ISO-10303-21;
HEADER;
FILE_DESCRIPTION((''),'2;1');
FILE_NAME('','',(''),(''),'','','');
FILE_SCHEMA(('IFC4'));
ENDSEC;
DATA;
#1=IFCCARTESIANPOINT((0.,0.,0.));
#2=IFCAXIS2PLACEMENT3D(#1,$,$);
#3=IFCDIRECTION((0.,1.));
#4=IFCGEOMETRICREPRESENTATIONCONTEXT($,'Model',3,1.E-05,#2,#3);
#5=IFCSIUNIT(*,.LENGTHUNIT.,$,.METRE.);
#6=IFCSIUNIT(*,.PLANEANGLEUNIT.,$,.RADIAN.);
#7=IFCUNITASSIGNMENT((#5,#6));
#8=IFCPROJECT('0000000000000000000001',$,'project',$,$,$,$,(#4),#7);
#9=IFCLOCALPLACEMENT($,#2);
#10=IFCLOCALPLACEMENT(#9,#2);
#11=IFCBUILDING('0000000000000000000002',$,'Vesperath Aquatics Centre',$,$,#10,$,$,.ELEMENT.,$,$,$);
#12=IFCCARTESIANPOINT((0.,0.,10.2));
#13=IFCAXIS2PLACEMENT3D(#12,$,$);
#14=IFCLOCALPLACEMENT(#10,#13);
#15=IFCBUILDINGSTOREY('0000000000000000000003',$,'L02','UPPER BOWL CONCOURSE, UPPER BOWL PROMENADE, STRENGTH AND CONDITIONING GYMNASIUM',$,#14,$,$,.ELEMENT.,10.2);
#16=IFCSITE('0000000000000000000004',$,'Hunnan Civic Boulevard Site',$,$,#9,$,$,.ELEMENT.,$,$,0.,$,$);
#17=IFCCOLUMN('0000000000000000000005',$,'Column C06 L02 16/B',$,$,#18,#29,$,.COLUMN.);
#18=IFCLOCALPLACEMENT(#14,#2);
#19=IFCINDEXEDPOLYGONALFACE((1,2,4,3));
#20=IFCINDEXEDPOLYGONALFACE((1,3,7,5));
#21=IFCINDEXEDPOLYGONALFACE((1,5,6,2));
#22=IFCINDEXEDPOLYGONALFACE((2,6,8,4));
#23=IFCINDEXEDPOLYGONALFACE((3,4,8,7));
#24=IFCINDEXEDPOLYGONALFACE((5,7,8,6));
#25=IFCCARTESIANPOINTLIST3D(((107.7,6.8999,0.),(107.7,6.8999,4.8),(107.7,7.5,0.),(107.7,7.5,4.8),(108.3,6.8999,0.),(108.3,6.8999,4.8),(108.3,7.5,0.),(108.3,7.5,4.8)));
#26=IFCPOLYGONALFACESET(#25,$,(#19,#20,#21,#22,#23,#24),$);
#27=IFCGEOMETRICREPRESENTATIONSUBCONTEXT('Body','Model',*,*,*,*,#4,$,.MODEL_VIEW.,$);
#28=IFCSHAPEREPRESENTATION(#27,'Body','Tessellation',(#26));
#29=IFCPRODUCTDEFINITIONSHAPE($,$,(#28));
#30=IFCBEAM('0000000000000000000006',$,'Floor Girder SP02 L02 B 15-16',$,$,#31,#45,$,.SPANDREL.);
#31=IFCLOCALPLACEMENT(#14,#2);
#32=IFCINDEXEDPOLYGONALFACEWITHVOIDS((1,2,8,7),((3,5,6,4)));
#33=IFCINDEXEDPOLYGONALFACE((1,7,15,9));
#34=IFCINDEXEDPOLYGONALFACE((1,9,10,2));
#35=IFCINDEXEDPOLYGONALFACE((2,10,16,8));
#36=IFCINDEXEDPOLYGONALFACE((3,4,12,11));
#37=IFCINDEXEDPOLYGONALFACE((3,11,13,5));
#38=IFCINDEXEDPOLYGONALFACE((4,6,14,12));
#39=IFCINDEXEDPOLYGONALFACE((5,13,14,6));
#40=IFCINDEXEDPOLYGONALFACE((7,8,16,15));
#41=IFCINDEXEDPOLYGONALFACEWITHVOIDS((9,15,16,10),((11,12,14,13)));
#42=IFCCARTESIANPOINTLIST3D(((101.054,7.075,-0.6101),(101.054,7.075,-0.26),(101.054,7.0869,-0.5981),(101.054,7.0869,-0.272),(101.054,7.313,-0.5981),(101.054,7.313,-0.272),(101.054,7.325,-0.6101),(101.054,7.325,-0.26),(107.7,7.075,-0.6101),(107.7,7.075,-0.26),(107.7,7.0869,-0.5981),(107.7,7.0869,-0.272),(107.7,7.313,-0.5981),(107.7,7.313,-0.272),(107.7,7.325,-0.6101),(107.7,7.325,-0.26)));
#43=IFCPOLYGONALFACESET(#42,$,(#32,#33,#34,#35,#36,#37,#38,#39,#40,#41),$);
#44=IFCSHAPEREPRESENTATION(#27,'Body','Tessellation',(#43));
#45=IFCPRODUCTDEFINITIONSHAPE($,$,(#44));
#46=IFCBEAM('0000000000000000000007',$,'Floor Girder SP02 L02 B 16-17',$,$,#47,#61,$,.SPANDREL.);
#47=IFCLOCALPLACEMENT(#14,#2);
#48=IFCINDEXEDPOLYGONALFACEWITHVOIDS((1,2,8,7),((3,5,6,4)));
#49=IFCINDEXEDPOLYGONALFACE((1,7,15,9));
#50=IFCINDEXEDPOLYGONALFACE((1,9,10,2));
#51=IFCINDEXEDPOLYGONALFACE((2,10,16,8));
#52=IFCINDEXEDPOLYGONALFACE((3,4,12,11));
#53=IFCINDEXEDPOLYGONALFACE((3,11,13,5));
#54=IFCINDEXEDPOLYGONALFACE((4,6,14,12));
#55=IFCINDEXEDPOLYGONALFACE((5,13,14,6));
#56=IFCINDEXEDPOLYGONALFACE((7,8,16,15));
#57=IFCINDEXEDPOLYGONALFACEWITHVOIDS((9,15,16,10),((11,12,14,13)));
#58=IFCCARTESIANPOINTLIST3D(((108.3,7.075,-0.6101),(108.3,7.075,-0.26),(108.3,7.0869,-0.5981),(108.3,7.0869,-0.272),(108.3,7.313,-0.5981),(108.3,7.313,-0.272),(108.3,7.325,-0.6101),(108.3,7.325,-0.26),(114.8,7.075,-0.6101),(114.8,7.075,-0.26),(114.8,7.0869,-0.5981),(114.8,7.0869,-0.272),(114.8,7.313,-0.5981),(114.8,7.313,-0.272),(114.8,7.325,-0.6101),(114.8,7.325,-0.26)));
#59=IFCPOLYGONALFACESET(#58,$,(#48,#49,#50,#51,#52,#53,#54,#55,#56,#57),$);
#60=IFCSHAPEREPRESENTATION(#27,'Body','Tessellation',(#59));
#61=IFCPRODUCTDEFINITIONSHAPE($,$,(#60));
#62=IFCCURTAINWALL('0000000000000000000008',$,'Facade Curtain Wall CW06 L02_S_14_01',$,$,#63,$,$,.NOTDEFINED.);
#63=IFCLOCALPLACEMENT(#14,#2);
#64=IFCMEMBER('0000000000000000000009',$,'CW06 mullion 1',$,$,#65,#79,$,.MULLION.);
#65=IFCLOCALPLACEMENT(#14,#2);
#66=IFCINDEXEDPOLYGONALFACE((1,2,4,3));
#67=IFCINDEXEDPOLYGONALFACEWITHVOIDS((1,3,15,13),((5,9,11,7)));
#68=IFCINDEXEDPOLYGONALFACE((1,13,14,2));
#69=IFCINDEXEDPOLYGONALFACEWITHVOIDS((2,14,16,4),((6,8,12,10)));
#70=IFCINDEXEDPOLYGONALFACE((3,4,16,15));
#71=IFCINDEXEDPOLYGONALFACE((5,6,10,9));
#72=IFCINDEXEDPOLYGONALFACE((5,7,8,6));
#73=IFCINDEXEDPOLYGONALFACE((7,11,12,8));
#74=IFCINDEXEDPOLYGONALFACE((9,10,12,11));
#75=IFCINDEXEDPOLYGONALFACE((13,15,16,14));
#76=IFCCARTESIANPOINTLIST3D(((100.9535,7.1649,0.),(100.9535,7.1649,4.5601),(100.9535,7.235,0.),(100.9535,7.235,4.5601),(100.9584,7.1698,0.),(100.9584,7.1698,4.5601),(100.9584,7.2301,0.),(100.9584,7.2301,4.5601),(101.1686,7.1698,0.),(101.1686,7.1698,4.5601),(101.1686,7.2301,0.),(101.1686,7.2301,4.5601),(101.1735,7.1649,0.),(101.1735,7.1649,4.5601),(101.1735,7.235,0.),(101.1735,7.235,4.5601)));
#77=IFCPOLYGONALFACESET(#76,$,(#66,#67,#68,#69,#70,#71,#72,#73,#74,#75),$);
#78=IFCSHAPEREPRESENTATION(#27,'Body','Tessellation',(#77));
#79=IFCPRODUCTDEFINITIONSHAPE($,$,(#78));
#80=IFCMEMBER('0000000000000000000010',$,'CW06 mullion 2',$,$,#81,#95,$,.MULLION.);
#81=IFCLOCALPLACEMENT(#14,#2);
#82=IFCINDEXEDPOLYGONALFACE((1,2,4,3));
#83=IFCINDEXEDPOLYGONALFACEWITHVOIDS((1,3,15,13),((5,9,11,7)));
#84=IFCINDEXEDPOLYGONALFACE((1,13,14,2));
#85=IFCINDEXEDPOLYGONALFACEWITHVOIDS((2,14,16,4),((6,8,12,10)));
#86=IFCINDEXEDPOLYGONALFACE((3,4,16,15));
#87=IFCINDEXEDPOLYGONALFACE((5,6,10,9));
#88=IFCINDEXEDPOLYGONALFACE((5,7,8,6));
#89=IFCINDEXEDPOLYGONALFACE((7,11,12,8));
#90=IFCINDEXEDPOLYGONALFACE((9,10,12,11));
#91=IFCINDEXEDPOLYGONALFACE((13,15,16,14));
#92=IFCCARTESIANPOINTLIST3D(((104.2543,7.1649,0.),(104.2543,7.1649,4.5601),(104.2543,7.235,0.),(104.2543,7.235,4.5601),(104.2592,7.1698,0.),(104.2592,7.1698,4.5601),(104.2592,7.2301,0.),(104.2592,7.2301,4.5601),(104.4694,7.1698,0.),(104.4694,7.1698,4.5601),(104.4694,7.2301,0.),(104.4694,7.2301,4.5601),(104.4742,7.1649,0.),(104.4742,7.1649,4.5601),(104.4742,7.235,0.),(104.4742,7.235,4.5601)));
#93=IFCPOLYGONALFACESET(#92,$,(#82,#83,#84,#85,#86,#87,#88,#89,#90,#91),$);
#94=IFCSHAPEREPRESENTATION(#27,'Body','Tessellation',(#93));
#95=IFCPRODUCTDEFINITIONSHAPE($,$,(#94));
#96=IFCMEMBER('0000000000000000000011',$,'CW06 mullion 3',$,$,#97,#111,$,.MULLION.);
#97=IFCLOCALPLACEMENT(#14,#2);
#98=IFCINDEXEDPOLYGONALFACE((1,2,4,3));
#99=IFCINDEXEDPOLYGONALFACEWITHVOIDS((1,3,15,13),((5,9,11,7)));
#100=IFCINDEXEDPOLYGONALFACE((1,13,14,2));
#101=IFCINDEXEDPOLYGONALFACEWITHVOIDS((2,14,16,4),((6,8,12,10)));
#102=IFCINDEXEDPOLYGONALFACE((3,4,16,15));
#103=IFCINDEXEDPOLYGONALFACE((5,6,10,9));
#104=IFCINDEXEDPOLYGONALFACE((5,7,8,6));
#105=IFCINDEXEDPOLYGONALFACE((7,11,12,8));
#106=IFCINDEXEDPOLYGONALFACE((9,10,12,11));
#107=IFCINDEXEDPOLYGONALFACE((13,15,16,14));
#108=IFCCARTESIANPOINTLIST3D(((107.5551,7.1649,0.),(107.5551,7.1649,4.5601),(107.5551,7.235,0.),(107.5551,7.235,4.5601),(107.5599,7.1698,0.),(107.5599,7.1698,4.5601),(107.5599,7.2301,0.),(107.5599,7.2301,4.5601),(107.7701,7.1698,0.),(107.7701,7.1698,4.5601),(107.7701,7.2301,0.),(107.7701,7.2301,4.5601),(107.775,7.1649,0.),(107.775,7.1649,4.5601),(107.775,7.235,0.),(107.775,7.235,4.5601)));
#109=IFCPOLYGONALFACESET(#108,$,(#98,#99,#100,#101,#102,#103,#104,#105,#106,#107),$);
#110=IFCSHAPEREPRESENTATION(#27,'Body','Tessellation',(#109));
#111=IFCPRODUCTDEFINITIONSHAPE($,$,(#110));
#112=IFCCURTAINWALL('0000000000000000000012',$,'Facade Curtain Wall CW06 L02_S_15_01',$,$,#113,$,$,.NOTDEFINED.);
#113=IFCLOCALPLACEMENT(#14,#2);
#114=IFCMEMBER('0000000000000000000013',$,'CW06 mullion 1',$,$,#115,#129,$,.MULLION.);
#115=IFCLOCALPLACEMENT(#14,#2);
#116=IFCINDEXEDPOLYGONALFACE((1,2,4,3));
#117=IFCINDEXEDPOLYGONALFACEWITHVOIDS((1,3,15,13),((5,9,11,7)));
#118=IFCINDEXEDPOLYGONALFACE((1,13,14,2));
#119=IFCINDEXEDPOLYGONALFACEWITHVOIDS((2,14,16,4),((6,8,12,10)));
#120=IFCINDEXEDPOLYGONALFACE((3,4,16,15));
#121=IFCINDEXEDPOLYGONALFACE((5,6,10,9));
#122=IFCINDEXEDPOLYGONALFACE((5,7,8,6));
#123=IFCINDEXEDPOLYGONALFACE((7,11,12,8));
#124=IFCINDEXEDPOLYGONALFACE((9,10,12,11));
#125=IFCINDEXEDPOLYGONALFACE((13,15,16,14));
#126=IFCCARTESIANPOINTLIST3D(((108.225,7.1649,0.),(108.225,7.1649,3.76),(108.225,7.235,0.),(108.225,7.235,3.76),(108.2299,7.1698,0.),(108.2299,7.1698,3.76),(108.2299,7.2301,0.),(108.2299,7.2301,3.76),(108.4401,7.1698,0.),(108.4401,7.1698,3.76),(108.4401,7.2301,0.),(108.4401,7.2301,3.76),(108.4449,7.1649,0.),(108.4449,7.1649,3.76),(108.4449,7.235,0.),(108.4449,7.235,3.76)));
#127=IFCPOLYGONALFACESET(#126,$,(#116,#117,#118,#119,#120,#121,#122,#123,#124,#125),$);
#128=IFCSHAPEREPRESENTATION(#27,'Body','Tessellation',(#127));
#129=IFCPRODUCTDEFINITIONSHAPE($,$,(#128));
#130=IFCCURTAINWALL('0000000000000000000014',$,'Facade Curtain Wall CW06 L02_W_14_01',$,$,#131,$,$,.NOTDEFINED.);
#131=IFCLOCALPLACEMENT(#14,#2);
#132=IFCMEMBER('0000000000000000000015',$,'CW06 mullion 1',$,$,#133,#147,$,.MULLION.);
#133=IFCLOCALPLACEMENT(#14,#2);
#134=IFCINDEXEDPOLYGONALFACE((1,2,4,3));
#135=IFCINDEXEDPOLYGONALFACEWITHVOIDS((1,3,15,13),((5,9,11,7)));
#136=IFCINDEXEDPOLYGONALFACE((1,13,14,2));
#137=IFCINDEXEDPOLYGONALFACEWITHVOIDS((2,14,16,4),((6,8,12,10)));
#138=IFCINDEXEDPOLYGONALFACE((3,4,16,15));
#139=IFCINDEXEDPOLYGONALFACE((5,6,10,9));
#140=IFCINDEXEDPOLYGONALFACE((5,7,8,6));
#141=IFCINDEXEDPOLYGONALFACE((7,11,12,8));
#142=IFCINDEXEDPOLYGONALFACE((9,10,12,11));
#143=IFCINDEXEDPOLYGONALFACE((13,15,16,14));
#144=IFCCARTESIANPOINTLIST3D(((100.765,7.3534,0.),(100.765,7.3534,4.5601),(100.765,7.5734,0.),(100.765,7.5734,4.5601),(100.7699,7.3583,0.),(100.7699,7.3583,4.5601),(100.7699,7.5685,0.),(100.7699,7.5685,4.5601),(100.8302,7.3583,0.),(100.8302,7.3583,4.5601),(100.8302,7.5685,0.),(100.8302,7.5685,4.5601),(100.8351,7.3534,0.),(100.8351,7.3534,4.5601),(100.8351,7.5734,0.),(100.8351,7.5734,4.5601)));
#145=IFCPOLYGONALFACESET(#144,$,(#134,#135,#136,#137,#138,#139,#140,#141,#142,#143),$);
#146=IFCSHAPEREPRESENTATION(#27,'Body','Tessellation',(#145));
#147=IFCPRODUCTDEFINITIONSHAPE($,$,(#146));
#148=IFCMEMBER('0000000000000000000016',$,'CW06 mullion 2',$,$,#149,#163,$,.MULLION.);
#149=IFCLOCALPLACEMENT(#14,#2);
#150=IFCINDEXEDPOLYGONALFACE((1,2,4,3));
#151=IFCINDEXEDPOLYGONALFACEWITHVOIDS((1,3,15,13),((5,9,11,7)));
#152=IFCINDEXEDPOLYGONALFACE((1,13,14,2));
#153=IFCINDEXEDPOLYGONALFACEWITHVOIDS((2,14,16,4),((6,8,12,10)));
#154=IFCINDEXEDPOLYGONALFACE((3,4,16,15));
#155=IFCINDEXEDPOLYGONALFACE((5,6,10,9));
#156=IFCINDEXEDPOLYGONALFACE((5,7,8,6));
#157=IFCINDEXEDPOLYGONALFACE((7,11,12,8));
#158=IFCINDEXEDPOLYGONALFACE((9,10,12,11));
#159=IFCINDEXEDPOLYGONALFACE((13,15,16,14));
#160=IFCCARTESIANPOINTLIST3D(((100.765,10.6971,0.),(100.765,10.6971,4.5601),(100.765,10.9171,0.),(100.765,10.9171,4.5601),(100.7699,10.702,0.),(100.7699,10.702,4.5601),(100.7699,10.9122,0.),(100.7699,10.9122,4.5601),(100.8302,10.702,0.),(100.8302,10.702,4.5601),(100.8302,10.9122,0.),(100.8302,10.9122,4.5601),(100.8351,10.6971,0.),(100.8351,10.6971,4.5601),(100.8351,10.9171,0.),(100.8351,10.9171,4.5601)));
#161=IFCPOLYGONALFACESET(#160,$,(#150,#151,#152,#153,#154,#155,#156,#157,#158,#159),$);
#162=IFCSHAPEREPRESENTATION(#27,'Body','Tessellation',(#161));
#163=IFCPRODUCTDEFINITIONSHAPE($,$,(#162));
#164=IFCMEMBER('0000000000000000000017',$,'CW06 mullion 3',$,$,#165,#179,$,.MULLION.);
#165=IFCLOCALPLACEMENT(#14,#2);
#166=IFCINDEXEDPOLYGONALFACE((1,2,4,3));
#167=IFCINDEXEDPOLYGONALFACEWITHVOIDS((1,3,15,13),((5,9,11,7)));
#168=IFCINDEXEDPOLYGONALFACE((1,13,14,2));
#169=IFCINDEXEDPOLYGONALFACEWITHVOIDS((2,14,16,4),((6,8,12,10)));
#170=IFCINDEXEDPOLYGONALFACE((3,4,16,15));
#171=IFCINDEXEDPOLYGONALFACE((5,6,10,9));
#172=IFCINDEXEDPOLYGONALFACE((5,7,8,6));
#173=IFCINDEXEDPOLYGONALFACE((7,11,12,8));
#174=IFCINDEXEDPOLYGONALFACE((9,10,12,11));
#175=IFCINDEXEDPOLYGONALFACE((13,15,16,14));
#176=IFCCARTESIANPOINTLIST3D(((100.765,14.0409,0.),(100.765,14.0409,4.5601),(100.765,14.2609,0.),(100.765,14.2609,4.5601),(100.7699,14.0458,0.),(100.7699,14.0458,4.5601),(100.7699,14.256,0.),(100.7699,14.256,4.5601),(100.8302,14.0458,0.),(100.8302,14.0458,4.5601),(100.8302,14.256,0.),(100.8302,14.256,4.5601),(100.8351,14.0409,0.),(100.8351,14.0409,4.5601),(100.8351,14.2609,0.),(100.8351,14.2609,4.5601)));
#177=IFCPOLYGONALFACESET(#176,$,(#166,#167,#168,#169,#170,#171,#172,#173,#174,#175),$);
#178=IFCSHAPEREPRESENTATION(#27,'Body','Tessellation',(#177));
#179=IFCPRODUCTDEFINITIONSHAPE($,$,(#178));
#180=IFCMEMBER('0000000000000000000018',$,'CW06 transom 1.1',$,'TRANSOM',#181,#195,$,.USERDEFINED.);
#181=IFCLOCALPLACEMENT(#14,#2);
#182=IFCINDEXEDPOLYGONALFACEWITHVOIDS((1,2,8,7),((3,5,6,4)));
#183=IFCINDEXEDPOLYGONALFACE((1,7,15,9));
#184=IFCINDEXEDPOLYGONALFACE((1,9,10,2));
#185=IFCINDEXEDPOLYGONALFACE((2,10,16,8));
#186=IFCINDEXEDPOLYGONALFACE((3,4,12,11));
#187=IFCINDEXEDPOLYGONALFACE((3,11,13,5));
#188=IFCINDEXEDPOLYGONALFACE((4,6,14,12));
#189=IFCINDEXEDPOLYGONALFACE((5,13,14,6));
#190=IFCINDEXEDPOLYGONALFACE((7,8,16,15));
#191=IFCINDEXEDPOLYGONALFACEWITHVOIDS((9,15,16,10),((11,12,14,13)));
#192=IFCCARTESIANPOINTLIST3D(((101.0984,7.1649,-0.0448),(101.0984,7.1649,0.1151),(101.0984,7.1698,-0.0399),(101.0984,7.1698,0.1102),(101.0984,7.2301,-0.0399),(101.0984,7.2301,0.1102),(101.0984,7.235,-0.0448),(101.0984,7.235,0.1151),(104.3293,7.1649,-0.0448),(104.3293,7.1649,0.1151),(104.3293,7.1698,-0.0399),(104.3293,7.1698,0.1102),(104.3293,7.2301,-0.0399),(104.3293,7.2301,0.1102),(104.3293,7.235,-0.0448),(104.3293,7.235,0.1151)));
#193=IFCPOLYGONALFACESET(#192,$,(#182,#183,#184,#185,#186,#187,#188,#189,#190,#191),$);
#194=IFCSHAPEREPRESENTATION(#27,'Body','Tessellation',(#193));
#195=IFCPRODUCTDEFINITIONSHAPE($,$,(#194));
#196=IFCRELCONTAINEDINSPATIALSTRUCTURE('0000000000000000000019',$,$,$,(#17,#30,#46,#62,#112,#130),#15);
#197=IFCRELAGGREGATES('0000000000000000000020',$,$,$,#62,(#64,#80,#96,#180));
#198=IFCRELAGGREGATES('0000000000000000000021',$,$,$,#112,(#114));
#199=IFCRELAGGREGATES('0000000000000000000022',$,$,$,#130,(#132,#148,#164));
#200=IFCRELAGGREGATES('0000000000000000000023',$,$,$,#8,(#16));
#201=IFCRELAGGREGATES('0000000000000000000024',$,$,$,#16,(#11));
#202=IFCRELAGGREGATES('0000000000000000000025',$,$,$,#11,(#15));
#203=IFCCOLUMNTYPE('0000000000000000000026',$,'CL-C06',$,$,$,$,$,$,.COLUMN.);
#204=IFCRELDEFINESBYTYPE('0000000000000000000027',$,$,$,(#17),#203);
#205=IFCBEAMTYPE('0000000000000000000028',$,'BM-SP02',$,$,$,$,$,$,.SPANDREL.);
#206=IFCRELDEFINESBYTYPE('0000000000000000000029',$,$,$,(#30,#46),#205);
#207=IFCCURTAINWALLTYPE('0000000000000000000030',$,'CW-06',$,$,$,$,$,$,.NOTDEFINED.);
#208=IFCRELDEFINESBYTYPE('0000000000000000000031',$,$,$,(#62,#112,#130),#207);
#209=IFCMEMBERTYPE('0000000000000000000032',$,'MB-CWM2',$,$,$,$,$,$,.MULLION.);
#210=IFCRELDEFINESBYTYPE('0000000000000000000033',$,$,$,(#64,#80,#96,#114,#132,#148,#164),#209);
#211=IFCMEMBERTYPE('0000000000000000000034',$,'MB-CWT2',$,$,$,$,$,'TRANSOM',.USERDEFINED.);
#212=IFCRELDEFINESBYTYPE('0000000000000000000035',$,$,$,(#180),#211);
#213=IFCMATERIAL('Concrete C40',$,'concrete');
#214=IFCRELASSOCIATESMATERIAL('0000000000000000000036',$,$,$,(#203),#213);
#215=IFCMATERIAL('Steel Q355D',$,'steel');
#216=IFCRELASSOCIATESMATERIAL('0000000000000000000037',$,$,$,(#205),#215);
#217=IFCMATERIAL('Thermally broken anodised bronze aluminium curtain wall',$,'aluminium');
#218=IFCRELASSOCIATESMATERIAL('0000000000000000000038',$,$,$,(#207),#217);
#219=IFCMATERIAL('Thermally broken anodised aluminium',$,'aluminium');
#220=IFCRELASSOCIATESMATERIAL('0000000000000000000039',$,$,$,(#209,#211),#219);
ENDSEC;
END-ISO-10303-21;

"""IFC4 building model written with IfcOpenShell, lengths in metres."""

from ifc_helpers import new_model, si_unit, direction, frame, origin, origin_2d, place, context, subcontext, project, spatial, rectangle, hollow_rectangle, extrude, material, material_profile, profile_set, type_object, element, aggregate, save


model = new_model("IFC4")

# Units and contexts
model_context = context("Model", 3, precision=1e-05, world=origin(), true_north=direction((0.0, 1.0)))
body_context = subcontext(model_context, "Body", "Model", "MODEL_VIEW")
ifc_project = project(units=[si_unit("LENGTHUNIT", "METRE"), si_unit("PLANEANGLEUNIT", "RADIAN")], contexts=[model_context])

# Site, building, storey
site_placement = place(None, origin())
site = spatial("IfcSite", under=ifc_project, at=site_placement, Name="Hunnan Civic Boulevard Site", CompositionType="ELEMENT", RefElevation=0.0)
building_placement = place(site_placement, origin())
building = spatial("IfcBuilding", under=site, at=building_placement, Name="Vesperath Aquatics Centre", CompositionType="ELEMENT")
storey_placement = place(building_placement, frame((0.0, 0.0, 10.2)))
storey = spatial("IfcBuildingStorey", under=building, at=storey_placement, Name="L02", Description="UPPER BOWL CONCOURSE, UPPER BOWL PROMENADE, STRENGTH AND CONDITIONING GYMNASIUM", CompositionType="ELEMENT", Elevation=10.2)

# Column
ifc_material_1 = material(Name="Concrete C40", Category="concrete")
ifc_material_profile_1 = material_profile(ifc_material_1, rectangle(XDim=0.6001, YDim=0.6001, at=origin_2d()), Name="RC 600x600")
ifc_profile_set_1 = profile_set([ifc_material_profile_1], Name="Concrete C40")
column_type = type_object("IfcColumnType", Name="CL-C06", PredefinedType="COLUMN", material=ifc_profile_set_1)
column_placement = place(storey_placement, frame((108.0, 7.2, 0.0), z_axis=(0.0, 0.0, 1.0), x_axis=(1.0, 0.0, 0.0)))
element("IfcColumn", 1, at=column_placement, inside=storey, type_object=column_type, Name="Column C06 L02 16/B", PredefinedType="COLUMN", context=body_context, shape_type="SweptSolid", body=[
    extrude(rectangle(XDim=0.6001, YDim=0.6001, at=origin_2d()), origin(), (0.0, 0.0, 1.0), 4.8),
])

# Beams
ifc_material_2 = material(Name="Steel Q355D", Category="steel")
ifc_material_profile_2 = material_profile(ifc_material_2, hollow_rectangle(XDim=0.25, YDim=0.3501, WallThickness=0.012, at=origin_2d()), Name="RHS 350x250x12")
ifc_profile_set_2 = profile_set([ifc_material_profile_2], Name="Steel Q355D")
beam_type = type_object("IfcBeamType", Name="BM-SP02", PredefinedType="SPANDREL", material=ifc_profile_set_2)
beam_1_placement = place(storey_placement, frame((101.054, 7.2, -0.4351), z_axis=(1.0, 0.0, 0.0), x_axis=(0.0, 1.0, 0.0)))
element("IfcBeam", 2, at=beam_1_placement, inside=storey, type_object=beam_type, Name="Floor Girder SP02 L02 B 15-16", PredefinedType="SPANDREL", context=body_context, shape_type="SweptSolid", body=[
    extrude(hollow_rectangle(XDim=0.25, YDim=0.3501, WallThickness=0.012, at=origin_2d()), origin(), (0.0, 0.0, 1.0), 6.646),
])
beam_2_placement = place(storey_placement, frame((108.3, 7.2, -0.4351), z_axis=(1.0, 0.0, 0.0), x_axis=(0.0, 1.0, 0.0)))
element("IfcBeam", 3, at=beam_2_placement, inside=storey, type_object=beam_type, Name="Floor Girder SP02 L02 B 16-17", PredefinedType="SPANDREL", context=body_context, shape_type="SweptSolid", body=[
    extrude(hollow_rectangle(XDim=0.25, YDim=0.3501, WallThickness=0.012, at=origin_2d()), origin(), (0.0, 0.0, 1.0), 6.5),
])

# Curtain wall, members
ifc_material_3 = material(Name="Thermally broken anodised bronze aluminium curtain wall", Category="aluminium")
curtain_wall_type = type_object("IfcCurtainWallType", Name="CW-06", PredefinedType="NOTDEFINED", material=ifc_material_3)
curtain_wall_1_placement = place(storey_placement, origin())
curtain_wall_1 = element("IfcCurtainWall", 4, at=curtain_wall_1_placement, inside=storey, type_object=curtain_wall_type, Name="Facade Curtain Wall CW06 L02_S_14_01", PredefinedType="NOTDEFINED")
ifc_material_4 = material(Name="Thermally broken anodised aluminium", Category="aluminium")
ifc_material_profile_3 = material_profile(ifc_material_4, hollow_rectangle(XDim=0.0701, YDim=0.22, WallThickness=0.0049, at=origin_2d()), Name="CWM 70x220x5")
ifc_profile_set_3 = profile_set([ifc_material_profile_3], Name="Thermally broken anodised aluminium")
member_type_1 = type_object("IfcMemberType", Name="MB-CWM2", PredefinedType="MULLION", material=ifc_profile_set_3)
member_1_placement = place(storey_placement, frame((101.0635, 7.2, 0.0), z_axis=(0.0, 0.0, 1.0), x_axis=(0.0, 1.0, 0.0)))
member_1 = element("IfcMember", 5, at=member_1_placement, type_object=member_type_1, Name="CW06 mullion 1", PredefinedType="MULLION", context=body_context, shape_type="SweptSolid", body=[
    extrude(hollow_rectangle(XDim=0.0701, YDim=0.22, WallThickness=0.0049, at=origin_2d()), origin(), (0.0, 0.0, 1.0), 4.5601),
])
member_2_placement = place(storey_placement, frame((104.3643, 7.2, 0.0), z_axis=(0.0, 0.0, 1.0), x_axis=(0.0, 1.0, 0.0)))
member_2 = element("IfcMember", 6, at=member_2_placement, type_object=member_type_1, Name="CW06 mullion 2", PredefinedType="MULLION", context=body_context, shape_type="SweptSolid", body=[
    extrude(hollow_rectangle(XDim=0.0701, YDim=0.22, WallThickness=0.0049, at=origin_2d()), origin(), (0.0, 0.0, 1.0), 4.5601),
])
member_3_placement = place(storey_placement, frame((107.665, 7.2, 0.0), z_axis=(0.0, 0.0, 1.0), x_axis=(0.0, 1.0, 0.0)))
member_3 = element("IfcMember", 7, at=member_3_placement, type_object=member_type_1, Name="CW06 mullion 3", PredefinedType="MULLION", context=body_context, shape_type="SweptSolid", body=[
    extrude(hollow_rectangle(XDim=0.0701, YDim=0.22, WallThickness=0.0049, at=origin_2d()), origin(), (0.0, 0.0, 1.0), 4.5601),
])

# Curtain wall, member
curtain_wall_2_placement = place(storey_placement, origin())
curtain_wall_2 = element("IfcCurtainWall", 8, at=curtain_wall_2_placement, inside=storey, type_object=curtain_wall_type, Name="Facade Curtain Wall CW06 L02_S_15_01", PredefinedType="NOTDEFINED")
member_4_placement = place(storey_placement, frame((108.335, 7.2, 0.0), z_axis=(0.0, 0.0, 1.0), x_axis=(0.0, 1.0, 0.0)))
member_4 = element("IfcMember", 9, at=member_4_placement, type_object=member_type_1, Name="CW06 mullion 1", PredefinedType="MULLION", context=body_context, shape_type="SweptSolid", body=[
    extrude(hollow_rectangle(XDim=0.0701, YDim=0.22, WallThickness=0.0049, at=origin_2d()), origin(), (0.0, 0.0, 1.0), 3.76),
])

# Curtain wall, members
curtain_wall_3_placement = place(storey_placement, origin())
curtain_wall_3 = element("IfcCurtainWall", 10, at=curtain_wall_3_placement, inside=storey, type_object=curtain_wall_type, Name="Facade Curtain Wall CW06 L02_W_14_01", PredefinedType="NOTDEFINED")
member_5_placement = place(storey_placement, frame((100.8, 7.4634, 0.0), z_axis=(0.0, 0.0, 1.0), x_axis=(-1.0, 0.0, 0.0)))
member_5 = element("IfcMember", 11, at=member_5_placement, type_object=member_type_1, Name="CW06 mullion 1", PredefinedType="MULLION", context=body_context, shape_type="SweptSolid", body=[
    extrude(hollow_rectangle(XDim=0.0701, YDim=0.22, WallThickness=0.0049, at=origin_2d()), origin(), (0.0, 0.0, 1.0), 4.5601),
])
member_6_placement = place(storey_placement, frame((100.8, 10.8071, 0.0), z_axis=(0.0, 0.0, 1.0), x_axis=(-1.0, 0.0, 0.0)))
member_6 = element("IfcMember", 12, at=member_6_placement, type_object=member_type_1, Name="CW06 mullion 2", PredefinedType="MULLION", context=body_context, shape_type="SweptSolid", body=[
    extrude(hollow_rectangle(XDim=0.0701, YDim=0.22, WallThickness=0.0049, at=origin_2d()), origin(), (0.0, 0.0, 1.0), 4.5601),
])
member_7_placement = place(storey_placement, frame((100.8, 14.1509, 0.0), z_axis=(0.0, 0.0, 1.0), x_axis=(-1.0, 0.0, 0.0)))
member_7 = element("IfcMember", 13, at=member_7_placement, type_object=member_type_1, Name="CW06 mullion 3", PredefinedType="MULLION", context=body_context, shape_type="SweptSolid", body=[
    extrude(hollow_rectangle(XDim=0.0701, YDim=0.22, WallThickness=0.0049, at=origin_2d()), origin(), (0.0, 0.0, 1.0), 4.5601),
])

# Member
ifc_material_profile_4 = material_profile(ifc_material_4, hollow_rectangle(XDim=0.0701, YDim=0.1599, WallThickness=0.0049, at=origin_2d()), Name="CWT 70x160x5")
ifc_profile_set_4 = profile_set([ifc_material_profile_4], Name="Thermally broken anodised aluminium")
member_type_2 = type_object("IfcMemberType", Name="MB-CWT2", ElementType="TRANSOM", PredefinedType="USERDEFINED", material=ifc_profile_set_4)
member_8_placement = place(storey_placement, frame((101.0984, 7.2, 0.0352), z_axis=(1.0, 0.0, 0.0), x_axis=(0.0, 1.0, 0.0)))
member_8 = element("IfcMember", 14, at=member_8_placement, type_object=member_type_2, Name="CW06 transom 1.1", ObjectType="TRANSOM", PredefinedType="USERDEFINED", context=body_context, shape_type="SweptSolid", body=[
    extrude(hollow_rectangle(XDim=0.0701, YDim=0.1599, WallThickness=0.0049, at=origin_2d()), origin(), (0.0, 0.0, 1.0), 3.231),
])

aggregate(curtain_wall_1, [member_1, member_2, member_3, member_8])
aggregate(curtain_wall_2, [member_4])
aggregate(curtain_wall_3, [member_5, member_6, member_7])

save(model, "model.ifc")
